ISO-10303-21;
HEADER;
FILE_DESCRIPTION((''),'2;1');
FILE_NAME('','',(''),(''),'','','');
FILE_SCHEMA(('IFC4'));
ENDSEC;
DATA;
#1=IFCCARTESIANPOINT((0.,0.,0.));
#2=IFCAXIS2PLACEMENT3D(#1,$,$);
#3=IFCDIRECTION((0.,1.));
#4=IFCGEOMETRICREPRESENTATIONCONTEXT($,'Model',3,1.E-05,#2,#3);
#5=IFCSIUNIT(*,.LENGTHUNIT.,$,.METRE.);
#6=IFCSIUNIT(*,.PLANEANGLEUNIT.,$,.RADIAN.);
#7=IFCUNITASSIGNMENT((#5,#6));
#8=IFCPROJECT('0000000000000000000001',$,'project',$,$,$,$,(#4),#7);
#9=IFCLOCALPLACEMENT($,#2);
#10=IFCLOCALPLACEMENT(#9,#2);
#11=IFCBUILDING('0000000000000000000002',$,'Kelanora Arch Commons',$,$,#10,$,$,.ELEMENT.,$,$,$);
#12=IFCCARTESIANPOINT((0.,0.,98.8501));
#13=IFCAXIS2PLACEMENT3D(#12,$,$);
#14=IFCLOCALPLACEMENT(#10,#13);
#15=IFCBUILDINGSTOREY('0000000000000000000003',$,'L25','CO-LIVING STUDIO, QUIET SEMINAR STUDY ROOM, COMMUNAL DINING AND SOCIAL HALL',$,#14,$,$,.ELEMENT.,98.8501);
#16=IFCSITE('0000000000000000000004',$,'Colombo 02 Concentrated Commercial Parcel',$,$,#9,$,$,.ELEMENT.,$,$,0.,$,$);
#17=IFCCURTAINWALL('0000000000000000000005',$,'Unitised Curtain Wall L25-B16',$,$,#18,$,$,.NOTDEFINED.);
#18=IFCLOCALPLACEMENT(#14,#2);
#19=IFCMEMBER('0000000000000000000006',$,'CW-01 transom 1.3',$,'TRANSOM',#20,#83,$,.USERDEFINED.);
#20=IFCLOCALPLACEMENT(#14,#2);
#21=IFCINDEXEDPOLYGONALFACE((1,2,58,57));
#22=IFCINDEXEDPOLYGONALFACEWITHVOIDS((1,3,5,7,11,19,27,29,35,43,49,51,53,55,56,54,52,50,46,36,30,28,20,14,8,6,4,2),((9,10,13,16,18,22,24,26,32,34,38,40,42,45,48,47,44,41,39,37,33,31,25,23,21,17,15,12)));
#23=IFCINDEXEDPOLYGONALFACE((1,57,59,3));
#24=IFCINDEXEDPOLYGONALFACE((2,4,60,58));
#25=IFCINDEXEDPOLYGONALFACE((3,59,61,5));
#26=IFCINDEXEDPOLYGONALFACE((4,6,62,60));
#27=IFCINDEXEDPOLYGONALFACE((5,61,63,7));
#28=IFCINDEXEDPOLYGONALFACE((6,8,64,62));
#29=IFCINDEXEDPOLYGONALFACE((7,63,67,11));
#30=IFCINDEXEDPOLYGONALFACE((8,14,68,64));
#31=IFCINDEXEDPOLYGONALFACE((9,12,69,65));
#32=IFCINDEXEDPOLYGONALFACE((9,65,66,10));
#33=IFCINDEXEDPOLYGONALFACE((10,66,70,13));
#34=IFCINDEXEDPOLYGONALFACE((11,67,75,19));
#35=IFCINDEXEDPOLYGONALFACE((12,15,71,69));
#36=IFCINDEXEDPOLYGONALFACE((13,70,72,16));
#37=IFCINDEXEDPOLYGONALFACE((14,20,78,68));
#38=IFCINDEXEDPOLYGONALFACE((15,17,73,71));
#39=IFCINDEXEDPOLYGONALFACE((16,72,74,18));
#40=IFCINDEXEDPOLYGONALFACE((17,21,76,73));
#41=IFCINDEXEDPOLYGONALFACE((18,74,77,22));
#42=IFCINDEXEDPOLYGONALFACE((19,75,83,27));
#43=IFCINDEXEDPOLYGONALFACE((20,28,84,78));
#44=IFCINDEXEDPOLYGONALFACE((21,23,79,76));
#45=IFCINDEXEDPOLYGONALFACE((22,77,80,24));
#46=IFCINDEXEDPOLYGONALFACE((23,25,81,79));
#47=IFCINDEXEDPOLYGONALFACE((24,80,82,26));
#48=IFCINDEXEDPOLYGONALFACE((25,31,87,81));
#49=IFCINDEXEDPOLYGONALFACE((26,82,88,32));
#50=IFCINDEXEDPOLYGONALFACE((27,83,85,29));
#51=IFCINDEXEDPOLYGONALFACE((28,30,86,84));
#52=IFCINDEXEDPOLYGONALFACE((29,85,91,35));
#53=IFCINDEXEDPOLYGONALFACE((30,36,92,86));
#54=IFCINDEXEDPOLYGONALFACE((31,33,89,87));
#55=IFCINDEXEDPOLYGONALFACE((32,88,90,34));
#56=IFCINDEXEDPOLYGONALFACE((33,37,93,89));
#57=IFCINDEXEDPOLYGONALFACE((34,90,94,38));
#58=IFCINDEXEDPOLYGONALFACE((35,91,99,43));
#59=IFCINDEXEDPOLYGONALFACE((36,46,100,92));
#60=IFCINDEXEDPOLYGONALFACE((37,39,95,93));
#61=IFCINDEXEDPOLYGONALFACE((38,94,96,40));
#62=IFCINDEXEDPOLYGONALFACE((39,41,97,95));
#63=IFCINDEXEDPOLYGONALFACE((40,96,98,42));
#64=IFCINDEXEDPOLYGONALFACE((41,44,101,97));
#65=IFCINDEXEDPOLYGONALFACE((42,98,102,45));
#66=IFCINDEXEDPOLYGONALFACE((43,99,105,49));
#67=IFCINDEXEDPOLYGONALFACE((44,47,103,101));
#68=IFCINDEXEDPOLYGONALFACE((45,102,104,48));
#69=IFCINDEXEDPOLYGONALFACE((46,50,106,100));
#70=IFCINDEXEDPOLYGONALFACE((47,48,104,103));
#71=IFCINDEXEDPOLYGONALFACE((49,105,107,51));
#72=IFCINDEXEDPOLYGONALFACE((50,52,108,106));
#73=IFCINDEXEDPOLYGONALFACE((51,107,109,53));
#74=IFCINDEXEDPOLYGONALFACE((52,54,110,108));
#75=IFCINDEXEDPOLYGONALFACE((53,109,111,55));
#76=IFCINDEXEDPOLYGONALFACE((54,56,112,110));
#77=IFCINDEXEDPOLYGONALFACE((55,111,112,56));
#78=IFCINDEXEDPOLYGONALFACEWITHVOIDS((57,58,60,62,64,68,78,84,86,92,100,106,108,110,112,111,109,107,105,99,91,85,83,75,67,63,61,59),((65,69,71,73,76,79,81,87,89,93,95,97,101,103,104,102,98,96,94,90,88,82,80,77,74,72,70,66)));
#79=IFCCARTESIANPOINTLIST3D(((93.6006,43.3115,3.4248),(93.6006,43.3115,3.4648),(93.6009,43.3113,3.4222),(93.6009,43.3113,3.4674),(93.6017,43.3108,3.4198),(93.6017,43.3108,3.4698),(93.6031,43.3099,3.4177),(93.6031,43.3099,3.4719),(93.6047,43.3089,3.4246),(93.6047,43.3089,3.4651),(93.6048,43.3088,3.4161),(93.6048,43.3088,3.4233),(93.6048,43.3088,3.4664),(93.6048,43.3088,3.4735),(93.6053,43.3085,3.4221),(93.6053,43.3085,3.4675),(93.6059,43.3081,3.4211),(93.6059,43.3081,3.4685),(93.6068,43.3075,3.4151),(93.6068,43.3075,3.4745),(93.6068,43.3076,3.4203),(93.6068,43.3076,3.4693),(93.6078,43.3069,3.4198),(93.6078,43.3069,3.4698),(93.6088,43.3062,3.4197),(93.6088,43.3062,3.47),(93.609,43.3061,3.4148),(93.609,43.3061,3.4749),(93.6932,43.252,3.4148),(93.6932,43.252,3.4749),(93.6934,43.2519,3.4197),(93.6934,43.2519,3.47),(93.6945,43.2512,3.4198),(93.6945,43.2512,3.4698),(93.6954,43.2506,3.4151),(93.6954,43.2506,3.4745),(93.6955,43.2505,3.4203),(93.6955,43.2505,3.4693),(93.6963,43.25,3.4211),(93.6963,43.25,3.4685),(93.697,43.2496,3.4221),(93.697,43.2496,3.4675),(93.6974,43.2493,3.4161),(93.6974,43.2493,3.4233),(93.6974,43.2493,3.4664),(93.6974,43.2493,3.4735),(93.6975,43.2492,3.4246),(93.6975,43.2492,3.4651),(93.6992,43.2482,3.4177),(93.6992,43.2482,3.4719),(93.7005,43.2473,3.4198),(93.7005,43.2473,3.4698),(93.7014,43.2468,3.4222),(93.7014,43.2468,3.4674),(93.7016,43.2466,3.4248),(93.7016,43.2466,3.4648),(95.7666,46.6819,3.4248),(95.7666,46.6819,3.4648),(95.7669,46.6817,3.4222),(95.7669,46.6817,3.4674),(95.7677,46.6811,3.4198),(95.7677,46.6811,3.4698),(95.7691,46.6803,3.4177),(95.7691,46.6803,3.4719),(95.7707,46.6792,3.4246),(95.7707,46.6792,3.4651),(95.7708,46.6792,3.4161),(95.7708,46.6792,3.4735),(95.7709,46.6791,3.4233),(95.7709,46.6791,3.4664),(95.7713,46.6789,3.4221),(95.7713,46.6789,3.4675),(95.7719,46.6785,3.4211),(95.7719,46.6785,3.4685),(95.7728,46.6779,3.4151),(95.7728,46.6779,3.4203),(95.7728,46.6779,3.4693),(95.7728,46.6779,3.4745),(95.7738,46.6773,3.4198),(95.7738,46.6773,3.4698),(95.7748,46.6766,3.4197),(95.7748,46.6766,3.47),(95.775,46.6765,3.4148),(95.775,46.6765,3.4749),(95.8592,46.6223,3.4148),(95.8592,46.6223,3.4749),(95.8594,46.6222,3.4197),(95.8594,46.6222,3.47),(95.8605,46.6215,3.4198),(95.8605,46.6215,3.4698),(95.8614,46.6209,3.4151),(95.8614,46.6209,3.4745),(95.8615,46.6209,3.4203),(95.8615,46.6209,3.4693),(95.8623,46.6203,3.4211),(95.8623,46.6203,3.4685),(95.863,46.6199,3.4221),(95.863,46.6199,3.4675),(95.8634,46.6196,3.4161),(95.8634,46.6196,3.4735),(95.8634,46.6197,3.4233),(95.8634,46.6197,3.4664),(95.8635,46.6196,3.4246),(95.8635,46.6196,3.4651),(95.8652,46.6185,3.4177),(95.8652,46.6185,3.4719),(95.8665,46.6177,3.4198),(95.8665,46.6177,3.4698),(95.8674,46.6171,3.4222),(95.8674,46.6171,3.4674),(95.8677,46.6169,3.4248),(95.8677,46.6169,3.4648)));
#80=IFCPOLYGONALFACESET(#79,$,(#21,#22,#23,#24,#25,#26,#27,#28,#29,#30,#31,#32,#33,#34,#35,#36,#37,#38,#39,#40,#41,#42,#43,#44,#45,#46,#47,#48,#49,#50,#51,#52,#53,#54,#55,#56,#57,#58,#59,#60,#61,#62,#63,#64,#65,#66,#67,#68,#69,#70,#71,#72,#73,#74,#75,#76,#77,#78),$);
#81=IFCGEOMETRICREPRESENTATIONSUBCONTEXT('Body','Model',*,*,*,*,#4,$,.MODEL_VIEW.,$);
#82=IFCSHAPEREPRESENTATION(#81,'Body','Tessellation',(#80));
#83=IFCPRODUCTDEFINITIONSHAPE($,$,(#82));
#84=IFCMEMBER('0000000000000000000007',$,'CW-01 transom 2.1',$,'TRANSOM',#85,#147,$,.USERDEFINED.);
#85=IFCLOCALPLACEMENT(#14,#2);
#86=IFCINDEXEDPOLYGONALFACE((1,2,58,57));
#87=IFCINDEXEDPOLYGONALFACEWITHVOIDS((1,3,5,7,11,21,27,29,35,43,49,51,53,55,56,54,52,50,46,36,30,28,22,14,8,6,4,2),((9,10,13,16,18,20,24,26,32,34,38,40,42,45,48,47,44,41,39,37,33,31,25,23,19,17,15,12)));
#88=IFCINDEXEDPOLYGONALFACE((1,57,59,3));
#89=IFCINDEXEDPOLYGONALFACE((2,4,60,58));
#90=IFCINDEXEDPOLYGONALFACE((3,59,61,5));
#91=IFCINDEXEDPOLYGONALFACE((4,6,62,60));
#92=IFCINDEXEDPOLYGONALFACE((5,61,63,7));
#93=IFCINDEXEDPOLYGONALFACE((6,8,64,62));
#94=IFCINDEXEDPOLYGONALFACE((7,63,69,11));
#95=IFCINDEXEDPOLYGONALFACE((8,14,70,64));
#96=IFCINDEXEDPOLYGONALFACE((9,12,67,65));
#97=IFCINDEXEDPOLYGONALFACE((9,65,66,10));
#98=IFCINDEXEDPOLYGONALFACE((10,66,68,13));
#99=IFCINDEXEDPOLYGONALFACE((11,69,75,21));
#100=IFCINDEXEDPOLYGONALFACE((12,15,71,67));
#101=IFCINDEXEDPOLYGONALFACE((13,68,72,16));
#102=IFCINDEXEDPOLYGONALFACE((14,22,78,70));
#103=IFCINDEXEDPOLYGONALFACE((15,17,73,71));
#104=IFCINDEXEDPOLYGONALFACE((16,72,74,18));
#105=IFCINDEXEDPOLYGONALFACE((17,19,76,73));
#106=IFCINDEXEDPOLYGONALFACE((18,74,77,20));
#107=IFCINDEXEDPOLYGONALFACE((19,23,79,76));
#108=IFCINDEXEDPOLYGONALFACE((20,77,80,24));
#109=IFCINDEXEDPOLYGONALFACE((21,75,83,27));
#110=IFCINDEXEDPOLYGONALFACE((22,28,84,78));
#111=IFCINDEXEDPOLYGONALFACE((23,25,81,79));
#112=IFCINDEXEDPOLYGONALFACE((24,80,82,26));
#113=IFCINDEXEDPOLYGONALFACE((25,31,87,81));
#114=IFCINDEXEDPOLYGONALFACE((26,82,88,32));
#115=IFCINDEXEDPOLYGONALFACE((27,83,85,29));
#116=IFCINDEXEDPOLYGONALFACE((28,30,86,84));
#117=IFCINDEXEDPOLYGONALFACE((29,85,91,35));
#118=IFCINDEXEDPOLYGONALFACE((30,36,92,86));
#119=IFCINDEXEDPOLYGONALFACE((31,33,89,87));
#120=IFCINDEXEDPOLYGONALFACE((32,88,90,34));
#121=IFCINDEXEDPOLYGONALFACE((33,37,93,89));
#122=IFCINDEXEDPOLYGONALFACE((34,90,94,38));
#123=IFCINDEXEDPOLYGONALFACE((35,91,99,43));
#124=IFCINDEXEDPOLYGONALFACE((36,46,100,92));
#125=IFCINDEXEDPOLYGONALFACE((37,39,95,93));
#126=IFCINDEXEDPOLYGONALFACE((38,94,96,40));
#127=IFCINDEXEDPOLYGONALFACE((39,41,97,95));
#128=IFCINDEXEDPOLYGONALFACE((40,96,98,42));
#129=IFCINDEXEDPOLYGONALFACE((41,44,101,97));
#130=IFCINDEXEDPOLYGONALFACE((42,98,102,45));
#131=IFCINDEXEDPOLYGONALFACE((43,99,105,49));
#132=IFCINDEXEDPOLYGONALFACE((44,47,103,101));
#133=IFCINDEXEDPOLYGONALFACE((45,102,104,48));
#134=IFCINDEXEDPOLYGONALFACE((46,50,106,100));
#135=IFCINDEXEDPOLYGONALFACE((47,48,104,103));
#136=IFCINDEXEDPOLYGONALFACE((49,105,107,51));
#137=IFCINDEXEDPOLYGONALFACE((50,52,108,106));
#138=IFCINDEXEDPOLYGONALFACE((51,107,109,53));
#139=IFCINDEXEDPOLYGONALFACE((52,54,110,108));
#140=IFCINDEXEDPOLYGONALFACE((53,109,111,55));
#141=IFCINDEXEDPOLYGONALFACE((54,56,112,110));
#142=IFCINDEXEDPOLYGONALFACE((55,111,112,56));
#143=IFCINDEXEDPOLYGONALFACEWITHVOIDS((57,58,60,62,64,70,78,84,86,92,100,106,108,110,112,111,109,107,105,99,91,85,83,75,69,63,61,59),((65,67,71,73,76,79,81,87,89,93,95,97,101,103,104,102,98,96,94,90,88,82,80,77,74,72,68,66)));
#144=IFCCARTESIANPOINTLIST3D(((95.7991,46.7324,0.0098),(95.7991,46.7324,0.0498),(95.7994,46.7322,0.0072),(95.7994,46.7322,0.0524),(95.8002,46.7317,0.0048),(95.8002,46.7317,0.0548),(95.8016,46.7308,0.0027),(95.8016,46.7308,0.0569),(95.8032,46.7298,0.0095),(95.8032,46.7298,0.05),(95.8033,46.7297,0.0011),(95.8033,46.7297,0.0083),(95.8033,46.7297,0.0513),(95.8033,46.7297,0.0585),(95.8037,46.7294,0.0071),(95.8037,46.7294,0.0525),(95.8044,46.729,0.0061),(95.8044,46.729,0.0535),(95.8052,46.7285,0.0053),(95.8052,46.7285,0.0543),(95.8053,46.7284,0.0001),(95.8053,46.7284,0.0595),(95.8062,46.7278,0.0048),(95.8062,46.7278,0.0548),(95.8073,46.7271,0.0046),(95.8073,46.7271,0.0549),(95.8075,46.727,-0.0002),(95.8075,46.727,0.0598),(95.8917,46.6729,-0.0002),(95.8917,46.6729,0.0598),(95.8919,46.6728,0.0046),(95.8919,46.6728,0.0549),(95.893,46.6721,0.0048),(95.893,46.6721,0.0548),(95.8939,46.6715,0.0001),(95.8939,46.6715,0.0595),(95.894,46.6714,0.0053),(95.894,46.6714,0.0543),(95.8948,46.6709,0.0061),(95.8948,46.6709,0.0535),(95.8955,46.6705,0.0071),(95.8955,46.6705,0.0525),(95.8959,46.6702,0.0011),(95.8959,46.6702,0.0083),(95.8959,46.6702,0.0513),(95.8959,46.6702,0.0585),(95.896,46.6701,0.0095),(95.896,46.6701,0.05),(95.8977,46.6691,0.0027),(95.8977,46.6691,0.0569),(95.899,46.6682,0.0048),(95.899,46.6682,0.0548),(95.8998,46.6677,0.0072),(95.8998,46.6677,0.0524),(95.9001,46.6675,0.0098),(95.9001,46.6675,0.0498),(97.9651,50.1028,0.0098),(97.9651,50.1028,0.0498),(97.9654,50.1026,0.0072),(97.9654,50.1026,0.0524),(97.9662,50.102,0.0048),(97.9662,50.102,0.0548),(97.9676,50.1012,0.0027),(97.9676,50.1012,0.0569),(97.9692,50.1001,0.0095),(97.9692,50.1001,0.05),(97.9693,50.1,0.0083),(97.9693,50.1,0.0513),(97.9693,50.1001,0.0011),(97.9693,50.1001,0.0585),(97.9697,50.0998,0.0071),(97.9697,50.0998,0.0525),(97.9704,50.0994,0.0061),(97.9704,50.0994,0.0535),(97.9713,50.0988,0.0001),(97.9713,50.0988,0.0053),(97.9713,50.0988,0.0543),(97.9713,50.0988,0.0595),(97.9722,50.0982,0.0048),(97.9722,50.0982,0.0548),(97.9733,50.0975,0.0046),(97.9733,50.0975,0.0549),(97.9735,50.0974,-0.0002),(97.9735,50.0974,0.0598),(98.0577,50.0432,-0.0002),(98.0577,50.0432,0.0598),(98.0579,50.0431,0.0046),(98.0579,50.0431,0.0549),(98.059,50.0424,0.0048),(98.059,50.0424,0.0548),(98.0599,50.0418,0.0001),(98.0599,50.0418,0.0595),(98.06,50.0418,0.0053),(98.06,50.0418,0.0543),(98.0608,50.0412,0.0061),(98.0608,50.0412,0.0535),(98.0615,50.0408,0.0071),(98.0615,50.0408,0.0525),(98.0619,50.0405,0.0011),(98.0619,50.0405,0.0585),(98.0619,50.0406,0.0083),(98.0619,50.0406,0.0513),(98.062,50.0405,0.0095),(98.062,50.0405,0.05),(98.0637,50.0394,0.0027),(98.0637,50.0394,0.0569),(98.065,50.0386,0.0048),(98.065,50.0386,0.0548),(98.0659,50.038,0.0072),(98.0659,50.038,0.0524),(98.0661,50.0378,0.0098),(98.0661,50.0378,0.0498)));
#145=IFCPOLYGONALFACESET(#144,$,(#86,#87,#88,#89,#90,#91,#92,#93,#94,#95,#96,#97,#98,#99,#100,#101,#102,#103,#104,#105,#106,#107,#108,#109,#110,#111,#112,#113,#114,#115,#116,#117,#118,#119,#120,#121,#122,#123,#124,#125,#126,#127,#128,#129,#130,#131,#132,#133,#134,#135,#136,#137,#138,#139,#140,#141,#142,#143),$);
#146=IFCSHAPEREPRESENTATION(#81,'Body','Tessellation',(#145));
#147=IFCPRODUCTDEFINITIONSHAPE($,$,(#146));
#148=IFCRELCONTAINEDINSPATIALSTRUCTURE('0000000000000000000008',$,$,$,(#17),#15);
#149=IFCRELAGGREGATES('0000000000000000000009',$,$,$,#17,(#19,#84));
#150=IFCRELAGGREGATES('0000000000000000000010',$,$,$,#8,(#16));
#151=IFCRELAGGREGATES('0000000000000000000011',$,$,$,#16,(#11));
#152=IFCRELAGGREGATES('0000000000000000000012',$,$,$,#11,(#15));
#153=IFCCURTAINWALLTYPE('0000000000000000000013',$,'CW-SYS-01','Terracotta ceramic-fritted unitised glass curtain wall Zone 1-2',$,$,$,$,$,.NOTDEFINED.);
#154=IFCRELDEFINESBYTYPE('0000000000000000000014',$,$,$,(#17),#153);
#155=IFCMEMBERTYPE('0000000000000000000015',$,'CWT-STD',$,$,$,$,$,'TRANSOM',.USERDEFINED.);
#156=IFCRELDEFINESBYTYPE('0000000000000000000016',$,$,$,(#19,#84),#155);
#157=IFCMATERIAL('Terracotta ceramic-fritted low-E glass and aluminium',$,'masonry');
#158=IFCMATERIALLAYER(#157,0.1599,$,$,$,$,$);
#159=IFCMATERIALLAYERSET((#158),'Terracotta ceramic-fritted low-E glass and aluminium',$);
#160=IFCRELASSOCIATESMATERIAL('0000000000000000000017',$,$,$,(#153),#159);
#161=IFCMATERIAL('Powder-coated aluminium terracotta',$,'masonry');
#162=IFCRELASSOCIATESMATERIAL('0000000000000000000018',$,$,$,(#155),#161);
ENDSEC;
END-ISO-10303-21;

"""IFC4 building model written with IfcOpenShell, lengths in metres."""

from ifc_helpers import new_model, si_unit, direction, frame, origin, origin_2d, place, context, subcontext, project, spatial, hollow_rectangle, extrude, material, layer, layer_set, material_profile, profile_set, type_object, element, aggregate, save


model = new_model("IFC4")

# Units and contexts
model_context = context("Model", 3, precision=1e-05, world=origin(), true_north=direction((0.0, 1.0)))
body_context = subcontext(model_context, "Body", "Model", "MODEL_VIEW")
ifc_project = project(units=[si_unit("LENGTHUNIT", "METRE"), si_unit("PLANEANGLEUNIT", "RADIAN")], contexts=[model_context])

# Site, building, storey
site_placement = place(None, origin())
site = spatial("IfcSite", under=ifc_project, at=site_placement, Name="Colombo 02 Concentrated Commercial Parcel", CompositionType="ELEMENT", RefElevation=0.0)
building_placement = place(site_placement, origin())
building = spatial("IfcBuilding", under=site, at=building_placement, Name="Kelanora Arch Commons", CompositionType="ELEMENT")
storey_placement = place(building_placement, frame((0.0, 0.0, 98.8501)))
storey = spatial("IfcBuildingStorey", under=building, at=storey_placement, Name="L25", Description="CO-LIVING STUDIO, QUIET SEMINAR STUDY ROOM, COMMUNAL DINING AND SOCIAL HALL", CompositionType="ELEMENT", Elevation=98.8501)

# Shared definitions
ifc_material_1 = material(Name="Terracotta ceramic-fritted low-E glass and aluminium", Category="masonry")
ifc_layer_1 = layer(ifc_material_1, 0.1599)
ifc_layer_set_1 = layer_set([ifc_layer_1], Name="Terracotta ceramic-fritted low-E glass and aluminium")
curtain_wall_type = type_object("IfcCurtainWallType", Name="CW-SYS-01", Description="Terracotta ceramic-fritted unitised glass curtain wall Zone 1-2", PredefinedType="NOTDEFINED", material=ifc_layer_set_1)
ifc_material_2 = material(Name="Powder-coated aluminium terracotta", Category="masonry")

# Curtain wall, members
curtain_wall_1_placement = place(storey_placement, origin())
curtain_wall_1 = element("IfcCurtainWall", 1, at=curtain_wall_1_placement, inside=storey, type_object=curtain_wall_type, Name="Unitised Curtain Wall L25-B16", PredefinedType="NOTDEFINED")
ifc_material_profile_1 = material_profile(ifc_material_2, hollow_rectangle(XDim=0.1201, YDim=0.0601, WallThickness=0.0049, InnerFilletRadius=0.0049, OuterFilletRadius=0.01, at=origin_2d()), Name="CWT120x60")
ifc_profile_set_1 = profile_set([ifc_material_profile_1], Name="Powder-coated aluminium terracotta")
member_type_1 = type_object("IfcMemberType", Name="CWT-STD", ElementType="TRANSOM", PredefinedType="USERDEFINED", material=ifc_profile_set_1)
member_1_placement = place(storey_placement, frame((93.6511, 43.2791, 3.4448), z_axis=(0.540644, 0.841252, 0.0), x_axis=(-0.841252, 0.540644, 0.0)))
member_1 = element("IfcMember", 2, at=member_1_placement, type_object=member_type_1, Name="CW-01 transom 1.3", ObjectType="TRANSOM", PredefinedType="USERDEFINED", context=body_context, shape_type="SweptSolid", body=[
    extrude(hollow_rectangle(XDim=0.1201, YDim=0.0601, WallThickness=0.0049, InnerFilletRadius=0.0049, OuterFilletRadius=0.01, at=origin_2d()), origin(), (0.0, 0.0, 1.0), 4.0063),
])
member_2_placement = place(storey_placement, frame((95.8496, 46.7, 0.0298), z_axis=(0.540644, 0.841252, 0.0), x_axis=(-0.841252, 0.540644, 0.0)))
member_2 = element("IfcMember", 3, at=member_2_placement, type_object=member_type_1, Name="CW-01 transom 2.1", ObjectType="TRANSOM", PredefinedType="USERDEFINED", context=body_context, shape_type="SweptSolid", body=[
    extrude(hollow_rectangle(XDim=0.1201, YDim=0.0601, WallThickness=0.0049, InnerFilletRadius=0.0049, OuterFilletRadius=0.01, at=origin_2d()), origin(), (0.0, 0.0, 1.0), 4.0063),
])
aggregate(curtain_wall_1, [member_1, member_2])

save(model, "model.ifc")
